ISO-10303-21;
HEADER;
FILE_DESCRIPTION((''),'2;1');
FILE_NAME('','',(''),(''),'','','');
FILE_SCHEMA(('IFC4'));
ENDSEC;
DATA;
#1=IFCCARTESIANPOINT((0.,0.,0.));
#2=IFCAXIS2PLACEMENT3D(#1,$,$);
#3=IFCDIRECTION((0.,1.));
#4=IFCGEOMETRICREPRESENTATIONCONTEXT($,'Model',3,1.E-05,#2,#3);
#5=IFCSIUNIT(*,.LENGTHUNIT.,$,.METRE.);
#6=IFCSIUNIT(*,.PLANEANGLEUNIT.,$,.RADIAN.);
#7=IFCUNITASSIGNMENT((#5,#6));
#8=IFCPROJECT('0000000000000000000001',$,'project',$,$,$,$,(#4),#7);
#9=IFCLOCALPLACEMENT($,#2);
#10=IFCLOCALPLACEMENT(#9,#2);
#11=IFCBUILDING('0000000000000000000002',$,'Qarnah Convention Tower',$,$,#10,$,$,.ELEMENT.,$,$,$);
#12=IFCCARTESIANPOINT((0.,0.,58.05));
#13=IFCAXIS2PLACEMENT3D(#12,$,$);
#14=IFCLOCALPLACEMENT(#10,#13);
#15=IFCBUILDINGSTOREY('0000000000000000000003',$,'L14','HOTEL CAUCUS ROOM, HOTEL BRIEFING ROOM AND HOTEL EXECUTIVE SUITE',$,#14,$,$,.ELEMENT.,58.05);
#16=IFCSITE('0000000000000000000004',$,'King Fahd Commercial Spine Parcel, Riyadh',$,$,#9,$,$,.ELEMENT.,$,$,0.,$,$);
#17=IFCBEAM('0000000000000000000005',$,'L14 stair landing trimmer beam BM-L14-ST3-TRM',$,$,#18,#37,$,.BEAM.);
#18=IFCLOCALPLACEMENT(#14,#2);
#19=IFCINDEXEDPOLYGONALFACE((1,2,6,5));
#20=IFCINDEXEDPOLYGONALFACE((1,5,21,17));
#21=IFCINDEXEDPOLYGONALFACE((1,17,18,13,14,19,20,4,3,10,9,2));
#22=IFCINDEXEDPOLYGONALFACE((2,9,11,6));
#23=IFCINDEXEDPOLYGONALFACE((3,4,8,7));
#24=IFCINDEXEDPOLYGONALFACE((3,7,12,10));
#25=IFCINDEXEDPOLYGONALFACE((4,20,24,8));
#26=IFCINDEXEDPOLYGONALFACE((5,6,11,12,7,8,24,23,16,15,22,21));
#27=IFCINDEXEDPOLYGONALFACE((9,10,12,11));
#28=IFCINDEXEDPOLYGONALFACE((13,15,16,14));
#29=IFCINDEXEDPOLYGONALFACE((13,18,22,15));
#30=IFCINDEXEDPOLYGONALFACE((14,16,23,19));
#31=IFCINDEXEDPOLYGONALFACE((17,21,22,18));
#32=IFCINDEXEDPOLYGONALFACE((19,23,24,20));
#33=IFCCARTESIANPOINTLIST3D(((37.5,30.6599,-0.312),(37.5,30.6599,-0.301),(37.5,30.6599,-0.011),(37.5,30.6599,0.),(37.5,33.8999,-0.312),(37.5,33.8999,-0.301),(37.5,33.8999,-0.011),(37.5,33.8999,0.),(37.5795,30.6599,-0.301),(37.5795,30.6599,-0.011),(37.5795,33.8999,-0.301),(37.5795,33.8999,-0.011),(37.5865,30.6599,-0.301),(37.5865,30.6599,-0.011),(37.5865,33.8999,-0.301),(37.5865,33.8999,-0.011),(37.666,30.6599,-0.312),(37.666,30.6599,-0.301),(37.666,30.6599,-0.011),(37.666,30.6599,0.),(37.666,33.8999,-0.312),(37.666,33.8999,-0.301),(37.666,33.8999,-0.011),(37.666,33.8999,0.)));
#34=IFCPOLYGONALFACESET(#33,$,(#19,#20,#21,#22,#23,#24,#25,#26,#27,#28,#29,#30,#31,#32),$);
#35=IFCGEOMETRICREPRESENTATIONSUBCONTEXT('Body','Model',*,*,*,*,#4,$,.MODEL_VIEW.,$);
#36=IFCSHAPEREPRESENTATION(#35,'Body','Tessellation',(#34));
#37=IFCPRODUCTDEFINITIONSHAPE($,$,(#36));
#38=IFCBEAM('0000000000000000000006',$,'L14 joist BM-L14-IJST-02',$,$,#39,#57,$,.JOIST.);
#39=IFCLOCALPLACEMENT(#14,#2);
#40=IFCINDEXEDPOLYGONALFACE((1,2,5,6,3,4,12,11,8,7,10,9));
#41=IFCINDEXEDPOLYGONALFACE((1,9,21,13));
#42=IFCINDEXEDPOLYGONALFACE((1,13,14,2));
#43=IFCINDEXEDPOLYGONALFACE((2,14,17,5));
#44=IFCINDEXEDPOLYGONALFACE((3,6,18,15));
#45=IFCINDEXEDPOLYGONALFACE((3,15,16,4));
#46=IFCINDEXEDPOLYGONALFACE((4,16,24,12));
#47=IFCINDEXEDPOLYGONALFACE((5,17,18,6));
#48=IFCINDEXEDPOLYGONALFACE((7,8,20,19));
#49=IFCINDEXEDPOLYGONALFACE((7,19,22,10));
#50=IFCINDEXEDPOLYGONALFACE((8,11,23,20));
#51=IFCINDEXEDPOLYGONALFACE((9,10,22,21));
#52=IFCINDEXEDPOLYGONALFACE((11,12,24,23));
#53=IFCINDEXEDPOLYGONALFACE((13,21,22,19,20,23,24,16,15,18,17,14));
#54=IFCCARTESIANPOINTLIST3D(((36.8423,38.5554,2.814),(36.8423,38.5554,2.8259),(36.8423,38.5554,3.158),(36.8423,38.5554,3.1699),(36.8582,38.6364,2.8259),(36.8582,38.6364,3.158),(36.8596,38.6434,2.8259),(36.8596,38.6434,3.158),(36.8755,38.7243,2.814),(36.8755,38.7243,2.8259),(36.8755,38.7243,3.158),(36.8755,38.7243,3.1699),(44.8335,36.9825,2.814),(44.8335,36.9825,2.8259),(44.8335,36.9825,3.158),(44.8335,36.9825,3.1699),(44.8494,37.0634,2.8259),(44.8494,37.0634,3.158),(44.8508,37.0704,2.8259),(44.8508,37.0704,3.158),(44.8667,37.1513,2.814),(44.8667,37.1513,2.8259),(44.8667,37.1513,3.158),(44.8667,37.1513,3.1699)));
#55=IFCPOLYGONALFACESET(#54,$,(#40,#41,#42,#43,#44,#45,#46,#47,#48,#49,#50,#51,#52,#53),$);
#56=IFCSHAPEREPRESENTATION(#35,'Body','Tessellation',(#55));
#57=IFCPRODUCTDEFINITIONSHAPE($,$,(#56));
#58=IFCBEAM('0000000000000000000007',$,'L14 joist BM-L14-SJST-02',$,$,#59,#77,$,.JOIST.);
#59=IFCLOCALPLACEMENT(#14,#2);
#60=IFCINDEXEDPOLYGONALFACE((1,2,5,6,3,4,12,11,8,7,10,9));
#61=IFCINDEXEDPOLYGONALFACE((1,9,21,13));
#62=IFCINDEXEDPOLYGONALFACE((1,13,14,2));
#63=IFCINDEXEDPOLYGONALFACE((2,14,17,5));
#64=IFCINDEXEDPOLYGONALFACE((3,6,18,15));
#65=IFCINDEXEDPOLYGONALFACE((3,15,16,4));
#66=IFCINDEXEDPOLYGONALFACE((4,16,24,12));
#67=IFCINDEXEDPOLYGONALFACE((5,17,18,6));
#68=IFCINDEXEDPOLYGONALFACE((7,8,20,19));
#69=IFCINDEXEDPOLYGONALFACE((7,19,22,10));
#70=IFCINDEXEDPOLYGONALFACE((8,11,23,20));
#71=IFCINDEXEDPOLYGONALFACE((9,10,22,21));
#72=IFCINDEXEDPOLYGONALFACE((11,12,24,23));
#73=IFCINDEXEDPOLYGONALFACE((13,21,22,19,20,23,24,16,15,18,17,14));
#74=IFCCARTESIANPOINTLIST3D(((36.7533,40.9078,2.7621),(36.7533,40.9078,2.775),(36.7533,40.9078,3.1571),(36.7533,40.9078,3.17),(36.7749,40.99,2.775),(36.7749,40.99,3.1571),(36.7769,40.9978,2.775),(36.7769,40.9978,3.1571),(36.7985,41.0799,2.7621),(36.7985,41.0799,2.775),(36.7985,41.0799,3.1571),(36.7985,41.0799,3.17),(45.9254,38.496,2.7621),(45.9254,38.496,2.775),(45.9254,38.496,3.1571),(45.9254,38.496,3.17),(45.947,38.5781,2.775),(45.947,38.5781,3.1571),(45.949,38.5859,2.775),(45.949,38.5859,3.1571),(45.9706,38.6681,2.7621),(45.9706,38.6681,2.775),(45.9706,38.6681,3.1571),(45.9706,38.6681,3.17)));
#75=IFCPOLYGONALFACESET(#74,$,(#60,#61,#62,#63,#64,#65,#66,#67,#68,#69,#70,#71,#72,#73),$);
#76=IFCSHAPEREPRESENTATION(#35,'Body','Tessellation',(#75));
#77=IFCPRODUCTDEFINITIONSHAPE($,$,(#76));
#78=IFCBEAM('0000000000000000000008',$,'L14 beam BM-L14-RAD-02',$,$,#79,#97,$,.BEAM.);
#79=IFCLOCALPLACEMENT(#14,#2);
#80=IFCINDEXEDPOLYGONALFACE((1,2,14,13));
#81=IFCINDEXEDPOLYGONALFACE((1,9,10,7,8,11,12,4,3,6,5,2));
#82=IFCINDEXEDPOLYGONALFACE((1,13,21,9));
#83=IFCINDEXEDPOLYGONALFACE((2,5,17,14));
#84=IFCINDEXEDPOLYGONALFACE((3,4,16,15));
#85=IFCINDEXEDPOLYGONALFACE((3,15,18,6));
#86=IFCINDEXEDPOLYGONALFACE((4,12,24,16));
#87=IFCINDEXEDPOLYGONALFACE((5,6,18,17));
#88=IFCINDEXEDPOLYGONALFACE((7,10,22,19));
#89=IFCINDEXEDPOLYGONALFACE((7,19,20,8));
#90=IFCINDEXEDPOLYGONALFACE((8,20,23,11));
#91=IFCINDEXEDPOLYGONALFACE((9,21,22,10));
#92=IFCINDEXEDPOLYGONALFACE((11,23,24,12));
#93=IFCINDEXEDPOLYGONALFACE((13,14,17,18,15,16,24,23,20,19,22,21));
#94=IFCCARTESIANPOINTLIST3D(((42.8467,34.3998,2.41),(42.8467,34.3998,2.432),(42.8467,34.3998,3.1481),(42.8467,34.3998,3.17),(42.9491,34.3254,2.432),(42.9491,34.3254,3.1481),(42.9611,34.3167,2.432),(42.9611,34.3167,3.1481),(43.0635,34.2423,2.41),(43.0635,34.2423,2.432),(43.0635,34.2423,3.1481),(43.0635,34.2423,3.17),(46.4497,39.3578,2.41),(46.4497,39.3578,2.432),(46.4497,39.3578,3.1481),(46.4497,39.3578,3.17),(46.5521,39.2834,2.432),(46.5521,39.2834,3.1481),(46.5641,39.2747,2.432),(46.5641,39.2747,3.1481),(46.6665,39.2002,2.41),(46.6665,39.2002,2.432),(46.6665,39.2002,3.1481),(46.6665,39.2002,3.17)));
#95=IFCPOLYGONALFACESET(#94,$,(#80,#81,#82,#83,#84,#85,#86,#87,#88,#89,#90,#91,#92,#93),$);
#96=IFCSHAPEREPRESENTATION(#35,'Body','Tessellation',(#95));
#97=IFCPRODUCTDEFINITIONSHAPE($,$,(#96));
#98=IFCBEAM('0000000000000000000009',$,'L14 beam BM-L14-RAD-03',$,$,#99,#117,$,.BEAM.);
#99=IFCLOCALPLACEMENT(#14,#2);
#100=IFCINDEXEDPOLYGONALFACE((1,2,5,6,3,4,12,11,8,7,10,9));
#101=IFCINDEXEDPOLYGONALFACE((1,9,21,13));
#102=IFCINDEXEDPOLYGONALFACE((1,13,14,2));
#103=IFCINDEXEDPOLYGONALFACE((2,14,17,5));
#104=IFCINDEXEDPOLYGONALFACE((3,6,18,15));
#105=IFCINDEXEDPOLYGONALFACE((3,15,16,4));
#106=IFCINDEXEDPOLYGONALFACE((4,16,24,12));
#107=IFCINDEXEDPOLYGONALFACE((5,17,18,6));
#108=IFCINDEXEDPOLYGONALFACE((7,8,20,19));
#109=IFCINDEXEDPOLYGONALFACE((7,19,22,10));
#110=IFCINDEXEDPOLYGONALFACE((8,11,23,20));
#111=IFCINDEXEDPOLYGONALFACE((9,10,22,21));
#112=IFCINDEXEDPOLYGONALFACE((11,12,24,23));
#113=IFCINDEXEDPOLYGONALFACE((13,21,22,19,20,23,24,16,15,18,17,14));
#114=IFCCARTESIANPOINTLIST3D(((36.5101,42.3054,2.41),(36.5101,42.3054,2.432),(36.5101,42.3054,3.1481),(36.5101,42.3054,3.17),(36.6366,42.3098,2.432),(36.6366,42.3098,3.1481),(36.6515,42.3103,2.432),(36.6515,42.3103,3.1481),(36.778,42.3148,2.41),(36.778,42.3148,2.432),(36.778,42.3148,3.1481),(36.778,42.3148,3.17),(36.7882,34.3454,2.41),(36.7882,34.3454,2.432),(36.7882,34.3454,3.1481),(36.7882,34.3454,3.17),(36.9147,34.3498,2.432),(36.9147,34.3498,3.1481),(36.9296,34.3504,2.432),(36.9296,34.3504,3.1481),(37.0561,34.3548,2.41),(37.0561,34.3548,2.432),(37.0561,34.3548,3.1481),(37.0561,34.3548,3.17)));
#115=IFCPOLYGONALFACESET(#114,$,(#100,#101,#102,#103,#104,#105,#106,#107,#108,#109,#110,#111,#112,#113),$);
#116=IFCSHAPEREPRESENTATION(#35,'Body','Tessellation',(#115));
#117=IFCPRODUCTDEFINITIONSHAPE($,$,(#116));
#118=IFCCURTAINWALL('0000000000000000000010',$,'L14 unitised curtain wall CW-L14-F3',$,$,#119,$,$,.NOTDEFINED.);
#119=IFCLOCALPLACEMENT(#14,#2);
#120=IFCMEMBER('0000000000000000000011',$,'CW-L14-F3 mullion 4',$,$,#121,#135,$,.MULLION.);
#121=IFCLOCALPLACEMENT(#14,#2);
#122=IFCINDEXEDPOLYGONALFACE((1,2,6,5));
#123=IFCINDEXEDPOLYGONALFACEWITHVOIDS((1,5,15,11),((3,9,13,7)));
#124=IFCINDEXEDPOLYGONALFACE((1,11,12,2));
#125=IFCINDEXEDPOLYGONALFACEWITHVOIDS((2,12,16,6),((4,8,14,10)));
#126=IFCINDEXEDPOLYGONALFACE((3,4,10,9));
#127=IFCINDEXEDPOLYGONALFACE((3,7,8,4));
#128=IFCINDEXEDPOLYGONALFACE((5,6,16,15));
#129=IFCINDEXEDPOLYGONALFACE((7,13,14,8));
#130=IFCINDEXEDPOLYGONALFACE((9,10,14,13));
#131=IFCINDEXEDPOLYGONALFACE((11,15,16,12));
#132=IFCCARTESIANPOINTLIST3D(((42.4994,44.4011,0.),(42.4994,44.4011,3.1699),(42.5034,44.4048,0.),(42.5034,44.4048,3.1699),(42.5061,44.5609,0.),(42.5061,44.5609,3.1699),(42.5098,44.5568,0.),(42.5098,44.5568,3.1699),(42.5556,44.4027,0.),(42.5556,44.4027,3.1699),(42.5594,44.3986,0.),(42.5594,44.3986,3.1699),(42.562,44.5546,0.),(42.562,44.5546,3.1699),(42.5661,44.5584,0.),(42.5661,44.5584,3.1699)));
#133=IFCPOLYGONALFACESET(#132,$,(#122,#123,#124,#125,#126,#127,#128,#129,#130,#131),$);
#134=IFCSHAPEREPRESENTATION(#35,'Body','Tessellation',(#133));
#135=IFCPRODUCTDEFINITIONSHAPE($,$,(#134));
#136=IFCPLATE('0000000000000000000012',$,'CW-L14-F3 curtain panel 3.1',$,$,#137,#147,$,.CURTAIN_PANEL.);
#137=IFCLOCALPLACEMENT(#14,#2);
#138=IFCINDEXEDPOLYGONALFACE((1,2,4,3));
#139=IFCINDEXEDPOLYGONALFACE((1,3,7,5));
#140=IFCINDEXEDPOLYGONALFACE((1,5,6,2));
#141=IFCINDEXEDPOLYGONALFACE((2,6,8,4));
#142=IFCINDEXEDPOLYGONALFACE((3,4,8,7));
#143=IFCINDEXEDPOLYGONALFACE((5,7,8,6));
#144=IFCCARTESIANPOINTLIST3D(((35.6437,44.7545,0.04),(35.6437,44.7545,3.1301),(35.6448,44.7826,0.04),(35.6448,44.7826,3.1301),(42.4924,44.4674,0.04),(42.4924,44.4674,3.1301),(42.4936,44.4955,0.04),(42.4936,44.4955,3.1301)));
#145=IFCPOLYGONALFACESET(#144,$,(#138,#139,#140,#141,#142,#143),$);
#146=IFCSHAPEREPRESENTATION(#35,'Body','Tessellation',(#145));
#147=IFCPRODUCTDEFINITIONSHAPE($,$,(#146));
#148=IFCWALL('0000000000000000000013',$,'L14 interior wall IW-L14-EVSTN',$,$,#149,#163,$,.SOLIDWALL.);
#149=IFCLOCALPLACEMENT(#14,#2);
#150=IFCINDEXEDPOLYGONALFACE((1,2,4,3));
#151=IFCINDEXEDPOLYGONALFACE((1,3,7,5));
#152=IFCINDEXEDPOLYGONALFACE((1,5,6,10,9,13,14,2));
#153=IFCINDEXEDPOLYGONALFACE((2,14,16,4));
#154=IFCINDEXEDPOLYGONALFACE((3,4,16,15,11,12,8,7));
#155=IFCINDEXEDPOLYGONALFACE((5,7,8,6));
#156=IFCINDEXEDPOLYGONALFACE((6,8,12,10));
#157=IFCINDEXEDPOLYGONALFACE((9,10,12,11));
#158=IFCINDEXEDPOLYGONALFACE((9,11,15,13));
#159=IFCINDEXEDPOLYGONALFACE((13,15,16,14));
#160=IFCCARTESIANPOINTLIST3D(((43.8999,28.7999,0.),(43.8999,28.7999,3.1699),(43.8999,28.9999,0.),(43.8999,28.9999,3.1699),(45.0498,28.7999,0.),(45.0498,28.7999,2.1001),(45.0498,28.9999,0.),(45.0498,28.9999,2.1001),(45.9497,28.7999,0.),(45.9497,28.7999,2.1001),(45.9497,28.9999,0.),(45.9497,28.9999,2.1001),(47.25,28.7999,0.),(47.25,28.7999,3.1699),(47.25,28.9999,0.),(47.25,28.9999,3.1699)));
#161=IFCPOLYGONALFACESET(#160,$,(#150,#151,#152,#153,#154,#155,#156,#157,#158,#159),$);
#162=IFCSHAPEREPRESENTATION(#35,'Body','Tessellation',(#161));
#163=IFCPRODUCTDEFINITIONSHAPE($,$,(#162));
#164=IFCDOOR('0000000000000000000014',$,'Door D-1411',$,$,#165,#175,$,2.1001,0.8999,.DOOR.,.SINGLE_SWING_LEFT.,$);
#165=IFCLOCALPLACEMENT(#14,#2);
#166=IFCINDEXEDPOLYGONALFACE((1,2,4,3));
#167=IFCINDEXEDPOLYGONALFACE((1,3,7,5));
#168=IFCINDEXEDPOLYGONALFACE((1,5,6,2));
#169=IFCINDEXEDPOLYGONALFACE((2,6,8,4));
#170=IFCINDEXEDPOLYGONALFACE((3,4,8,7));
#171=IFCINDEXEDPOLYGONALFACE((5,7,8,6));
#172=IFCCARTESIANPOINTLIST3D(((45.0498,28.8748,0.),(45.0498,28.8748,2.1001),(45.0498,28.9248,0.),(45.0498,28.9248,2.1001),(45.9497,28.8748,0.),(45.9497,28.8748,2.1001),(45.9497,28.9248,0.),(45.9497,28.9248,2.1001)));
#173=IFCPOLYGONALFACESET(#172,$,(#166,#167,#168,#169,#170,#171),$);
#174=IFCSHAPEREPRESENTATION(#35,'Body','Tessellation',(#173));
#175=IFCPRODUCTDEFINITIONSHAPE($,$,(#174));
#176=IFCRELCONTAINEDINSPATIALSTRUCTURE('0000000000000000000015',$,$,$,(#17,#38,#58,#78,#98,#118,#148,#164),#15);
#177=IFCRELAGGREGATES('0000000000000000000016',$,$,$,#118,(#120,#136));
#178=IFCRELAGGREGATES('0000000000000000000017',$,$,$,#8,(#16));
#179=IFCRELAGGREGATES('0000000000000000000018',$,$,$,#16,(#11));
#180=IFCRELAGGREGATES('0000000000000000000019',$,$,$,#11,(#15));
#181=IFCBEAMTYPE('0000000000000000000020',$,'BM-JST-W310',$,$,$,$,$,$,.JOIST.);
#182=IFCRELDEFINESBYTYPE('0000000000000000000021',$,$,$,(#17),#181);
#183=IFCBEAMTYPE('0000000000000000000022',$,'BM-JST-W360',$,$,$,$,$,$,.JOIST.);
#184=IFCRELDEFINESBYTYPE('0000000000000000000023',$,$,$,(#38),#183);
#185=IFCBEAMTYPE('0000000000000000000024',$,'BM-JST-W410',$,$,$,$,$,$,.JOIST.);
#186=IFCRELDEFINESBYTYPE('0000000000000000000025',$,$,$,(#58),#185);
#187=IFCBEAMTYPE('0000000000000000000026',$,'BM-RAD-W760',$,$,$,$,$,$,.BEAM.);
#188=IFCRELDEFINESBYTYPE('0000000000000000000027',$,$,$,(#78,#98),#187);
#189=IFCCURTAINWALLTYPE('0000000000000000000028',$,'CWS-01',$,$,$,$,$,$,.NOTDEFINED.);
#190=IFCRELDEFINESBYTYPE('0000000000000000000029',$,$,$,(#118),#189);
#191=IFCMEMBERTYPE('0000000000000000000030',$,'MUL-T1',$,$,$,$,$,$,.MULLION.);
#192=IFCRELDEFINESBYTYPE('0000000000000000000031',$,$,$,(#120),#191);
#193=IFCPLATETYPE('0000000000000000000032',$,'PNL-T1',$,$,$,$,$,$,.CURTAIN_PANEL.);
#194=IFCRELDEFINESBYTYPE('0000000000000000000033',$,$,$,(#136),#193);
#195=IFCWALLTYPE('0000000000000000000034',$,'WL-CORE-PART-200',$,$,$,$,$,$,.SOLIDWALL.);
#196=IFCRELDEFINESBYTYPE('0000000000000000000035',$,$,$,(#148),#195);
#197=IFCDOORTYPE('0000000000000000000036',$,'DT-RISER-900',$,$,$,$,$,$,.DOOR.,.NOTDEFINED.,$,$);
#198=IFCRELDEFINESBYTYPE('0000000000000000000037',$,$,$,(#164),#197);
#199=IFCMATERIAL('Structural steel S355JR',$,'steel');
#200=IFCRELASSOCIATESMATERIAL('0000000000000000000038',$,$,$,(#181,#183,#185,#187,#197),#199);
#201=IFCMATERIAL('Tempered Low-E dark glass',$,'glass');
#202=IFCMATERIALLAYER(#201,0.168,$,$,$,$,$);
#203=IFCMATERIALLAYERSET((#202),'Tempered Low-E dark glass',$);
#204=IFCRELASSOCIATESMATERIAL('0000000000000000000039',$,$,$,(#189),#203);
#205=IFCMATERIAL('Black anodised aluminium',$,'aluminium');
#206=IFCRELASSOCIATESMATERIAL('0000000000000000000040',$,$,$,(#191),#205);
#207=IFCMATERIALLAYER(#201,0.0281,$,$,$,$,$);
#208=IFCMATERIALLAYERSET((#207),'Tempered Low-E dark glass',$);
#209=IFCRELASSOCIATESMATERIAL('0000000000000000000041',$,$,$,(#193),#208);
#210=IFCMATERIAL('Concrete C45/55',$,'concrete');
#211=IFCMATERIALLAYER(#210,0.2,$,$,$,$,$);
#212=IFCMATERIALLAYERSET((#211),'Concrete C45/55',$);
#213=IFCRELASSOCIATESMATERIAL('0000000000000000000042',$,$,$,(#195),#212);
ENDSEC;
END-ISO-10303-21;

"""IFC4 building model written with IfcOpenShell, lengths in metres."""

from ifc_helpers import new_model, si_unit, direction, frame, frame_2d, origin, origin_2d, place, context, subcontext, project, spatial, rectangle, hollow_rectangle, i_section, extrude, material, layer, layer_set, material_profile, profile_set, type_object, element, fill, aggregate, save


model = new_model("IFC4")

# Units and contexts
model_context = context("Model", 3, precision=1e-05, world=origin(), true_north=direction((0.0, 1.0)))
body_context = subcontext(model_context, "Body", "Model", "MODEL_VIEW")
ifc_project = project(units=[si_unit("LENGTHUNIT", "METRE"), si_unit("PLANEANGLEUNIT", "RADIAN")], contexts=[model_context])

# Site, building, storey
site_placement = place(None, origin())
site = spatial("IfcSite", under=ifc_project, at=site_placement, Name="King Fahd Commercial Spine Parcel, Riyadh", CompositionType="ELEMENT", RefElevation=0.0)
building_placement = place(site_placement, origin())
building = spatial("IfcBuilding", under=site, at=building_placement, Name="Qarnah Convention Tower", CompositionType="ELEMENT")
storey_placement = place(building_placement, frame((0.0, 0.0, 58.05)))
storey = spatial("IfcBuildingStorey", under=building, at=storey_placement, Name="L14", Description="HOTEL CAUCUS ROOM, HOTEL BRIEFING ROOM AND HOTEL EXECUTIVE SUITE", CompositionType="ELEMENT", Elevation=58.05)

# Beams
ifc_material_1 = material(Name="Structural steel S355JR", Category="steel")
ifc_material_profile_1 = material_profile(ifc_material_1, i_section(OverallWidth=0.166, OverallDepth=0.312, WebThickness=0.0071, FlangeThickness=0.011, at=origin_2d()), Name="W310X45")
ifc_profile_set_1 = profile_set([ifc_material_profile_1], Name="Structural steel S355JR")
beam_type_1 = type_object("IfcBeamType", Name="BM-JST-W310", PredefinedType="JOIST", material=ifc_profile_set_1)
beam_1_placement = place(storey_placement, frame((37.583, 30.6599, -0.156), z_axis=(0.0, 1.0, 0.0), x_axis=(-1.0, 0.0, 0.0)))
element("IfcBeam", 1, at=beam_1_placement, inside=storey, type_object=beam_type_1, Name="L14 stair landing trimmer beam BM-L14-ST3-TRM", PredefinedType="BEAM", context=body_context, shape_type="SweptSolid", body=[
    extrude(i_section(OverallWidth=0.166, OverallDepth=0.312, WebThickness=0.0071, FlangeThickness=0.011, at=origin_2d()), origin(), (0.0, 0.0, 1.0), 3.24),
])
ifc_material_profile_2 = material_profile(ifc_material_1, i_section(OverallWidth=0.1721, OverallDepth=0.356, WebThickness=0.0071, FlangeThickness=0.012, at=origin_2d()), Name="W360X51")
ifc_profile_set_2 = profile_set([ifc_material_profile_2], Name="Structural steel S355JR")
beam_type_2 = type_object("IfcBeamType", Name="BM-JST-W360", PredefinedType="JOIST", material=ifc_profile_set_2)
beam_2_placement = place(storey_placement, frame((44.8501, 37.0669, 2.9919), z_axis=(-0.981172, 0.193135, 0.0), x_axis=(-0.193135, -0.981172, 0.0)))
element("IfcBeam", 2, at=beam_2_placement, inside=storey, type_object=beam_type_2, Name="L14 joist BM-L14-IJST-02", PredefinedType="JOIST", context=body_context, shape_type="SweptSolid", body=[
    extrude(i_section(OverallWidth=0.1721, OverallDepth=0.356, WebThickness=0.0071, FlangeThickness=0.012, at=origin_2d()), origin(), (0.0, 0.0, 1.0), 8.1445),
])
ifc_material_profile_3 = material_profile(ifc_material_1, i_section(OverallWidth=0.178, OverallDepth=0.408, WebThickness=0.0081, FlangeThickness=0.0129, at=origin_2d()), Name="W410X60")
ifc_profile_set_3 = profile_set([ifc_material_profile_3], Name="Structural steel S355JR")
beam_type_3 = type_object("IfcBeamType", Name="BM-JST-W410", PredefinedType="JOIST", material=ifc_profile_set_3)
beam_3_placement = place(storey_placement, frame((45.948, 38.582, 2.9661), z_axis=(-0.967123, 0.254311, 0.0), x_axis=(-0.254311, -0.967123, 0.0)))
element("IfcBeam", 3, at=beam_3_placement, inside=storey, type_object=beam_type_3, Name="L14 joist BM-L14-SJST-02", PredefinedType="JOIST", context=body_context, shape_type="SweptSolid", body=[
    extrude(i_section(OverallWidth=0.178, OverallDepth=0.408, WebThickness=0.0081, FlangeThickness=0.0129, at=origin_2d()), origin(), (0.0, 0.0, 1.0), 9.4839),
])
ifc_material_profile_4 = material_profile(ifc_material_1, i_section(OverallWidth=0.2681, OverallDepth=0.76, WebThickness=0.0149, FlangeThickness=0.022, at=origin_2d()), Name="W760X185")
ifc_profile_set_4 = profile_set([ifc_material_profile_4], Name="Structural steel S355JR")
beam_type_4 = type_object("IfcBeamType", Name="BM-RAD-W760", PredefinedType="BEAM", material=ifc_profile_set_4)
beam_4_placement = place(storey_placement, frame((42.9551, 34.321, 2.79), z_axis=(0.587873, 0.808953, 0.0), x_axis=(-0.808953, 0.587873, 0.0)))
element("IfcBeam", 4, at=beam_4_placement, inside=storey, type_object=beam_type_4, Name="L14 beam BM-L14-RAD-02", PredefinedType="BEAM", context=body_context, shape_type="SweptSolid", body=[
    extrude(i_section(OverallWidth=0.2681, OverallDepth=0.76, WebThickness=0.0149, FlangeThickness=0.022, at=origin_2d()), origin(), (0.0, 0.0, 1.0), 6.1289),
])
beam_5_placement = place(storey_placement, frame((36.9221, 34.3501, 2.79), z_axis=(-0.034913, 0.99939, 0.0), x_axis=(-0.99939, -0.034913, 0.0)))
element("IfcBeam", 5, at=beam_5_placement, inside=storey, type_object=beam_type_4, Name="L14 beam BM-L14-RAD-03", PredefinedType="BEAM", context=body_context, shape_type="SweptSolid", body=[
    extrude(i_section(OverallWidth=0.2681, OverallDepth=0.76, WebThickness=0.0149, FlangeThickness=0.022, at=origin_2d()), origin(), (0.0, 0.0, 1.0), 7.9648),
])

# Curtain wall, member, plate
ifc_material_2 = material(Name="Tempered Low-E dark glass", Category="glass")
ifc_layer_1 = layer(ifc_material_2, 0.168)
ifc_layer_set_1 = layer_set([ifc_layer_1], Name="Tempered Low-E dark glass")
curtain_wall_type = type_object("IfcCurtainWallType", Name="CWS-01", PredefinedType="NOTDEFINED", material=ifc_layer_set_1)
curtain_wall_placement = place(storey_placement, origin())
curtain_wall = element("IfcCurtainWall", 6, at=curtain_wall_placement, inside=storey, type_object=curtain_wall_type, Name="L14 unitised curtain wall CW-L14-F3", PredefinedType="NOTDEFINED")
ifc_material_3 = material(Name="Black anodised aluminium", Category="aluminium")
ifc_material_profile_5 = material_profile(ifc_material_3, hollow_rectangle(XDim=0.0601, YDim=0.1599, WallThickness=0.0039, at=origin_2d()), Name="MUL-60X160")
ifc_profile_set_5 = profile_set([ifc_material_profile_5], Name="Black anodised aluminium")
member_type = type_object("IfcMemberType", Name="MUL-T1", PredefinedType="MULLION", material=ifc_profile_set_5)
member_placement = place(storey_placement, frame((42.5327, 44.4797, 0.0), z_axis=(0.0, 0.0, 1.0), x_axis=(0.999123, -0.041876, 0.0)))
member = element("IfcMember", 7, at=member_placement, type_object=member_type, Name="CW-L14-F3 mullion 4", PredefinedType="MULLION", context=body_context, shape_type="SweptSolid", body=[
    extrude(hollow_rectangle(XDim=0.0601, YDim=0.1599, WallThickness=0.0039, at=origin_2d()), origin(), (0.0, 0.0, 1.0), 3.1699),
])
ifc_layer_2 = layer(ifc_material_2, 0.0281)
ifc_layer_set_2 = layer_set([ifc_layer_2], Name="Tempered Low-E dark glass")
plate_type = type_object("IfcPlateType", Name="PNL-T1", PredefinedType="CURTAIN_PANEL", material=ifc_layer_set_2)
plate_placement = place(storey_placement, frame((39.0686, 44.625, 0.04), z_axis=(0.0, 0.0, 1.0), x_axis=(0.999123, -0.041876, 0.0)))
plate = element("IfcPlate", 8, at=plate_placement, type_object=plate_type, Name="CW-L14-F3 curtain panel 3.1", PredefinedType="CURTAIN_PANEL", context=body_context, shape_type="SweptSolid", body=[
    extrude(rectangle(XDim=6.8547, YDim=0.0281, at=origin_2d()), origin(), (0.0, 0.0, 1.0), 3.0901),
])
aggregate(curtain_wall, [member, plate])

# Wall, opening, door
ifc_material_4 = material(Name="Concrete C45/55", Category="concrete")
ifc_layer_3 = layer(ifc_material_4, 0.2)
ifc_layer_set_3 = layer_set([ifc_layer_3], Name="Concrete C45/55")
wall_type_1 = type_object("IfcWallType", Name="WL-CORE-PART-200", PredefinedType="SOLIDWALL", material=ifc_layer_set_3)
wall_1_placement = place(storey_placement, frame((43.8999, 28.8999, 0.0), z_axis=(0.0, 0.0, 1.0), x_axis=(1.0, 0.0, 0.0)))
wall_1 = element("IfcWall", 9, at=wall_1_placement, inside=storey, type_object=wall_type_1, Name="L14 interior wall IW-L14-EVSTN", PredefinedType="SOLIDWALL", context=body_context, shape_type="SweptSolid", body=[
    extrude(rectangle(XDim=3.3501, YDim=0.2, at=frame_2d((1.675, 0.0))), origin(), (0.0, 0.0, 1.0), 3.1699),
])
opening_1_placement = place(wall_1_placement, frame((1.1499, 0.0, 0.0)))
opening_1 = element("IfcOpeningElement", 10, at=opening_1_placement, cuts=wall_1, PredefinedType="OPENING", context=body_context, shape_type="SweptSolid", body=[
    extrude(rectangle(XDim=0.8999, YDim=2.1001, at=frame_2d((0.45, 1.05))), frame((0.0, 0.1099, 0.0), z_axis=(0.0, -1.0, 0.0), x_axis=(1.0, 0.0, 0.0)), (0.0, 0.0, 1.0), 0.22),
])
door_type_1 = type_object("IfcDoorType", Name="DT-RISER-900", OperationType="NOTDEFINED", PredefinedType="DOOR", material=ifc_material_1)
door_1_placement = place(opening_1_placement, origin())
door_1 = element("IfcDoor", 11, at=door_1_placement, inside=storey, type_object=door_type_1, Name="Door D-1411", OperationType="SINGLE_SWING_LEFT", OverallHeight=2.1001, OverallWidth=0.8999, PredefinedType="DOOR", context=body_context, shape_type="SweptSolid", body=[
    extrude(rectangle(XDim=0.8999, YDim=2.1001, at=frame_2d((0.45, 1.05))), frame((0.0, 0.0249, 0.0), z_axis=(0.0, -1.0, 0.0), x_axis=(1.0, 0.0, 0.0)), (0.0, 0.0, 1.0), 0.05),
])
fill(opening_1, door_1)

save(model, "model.ifc")
